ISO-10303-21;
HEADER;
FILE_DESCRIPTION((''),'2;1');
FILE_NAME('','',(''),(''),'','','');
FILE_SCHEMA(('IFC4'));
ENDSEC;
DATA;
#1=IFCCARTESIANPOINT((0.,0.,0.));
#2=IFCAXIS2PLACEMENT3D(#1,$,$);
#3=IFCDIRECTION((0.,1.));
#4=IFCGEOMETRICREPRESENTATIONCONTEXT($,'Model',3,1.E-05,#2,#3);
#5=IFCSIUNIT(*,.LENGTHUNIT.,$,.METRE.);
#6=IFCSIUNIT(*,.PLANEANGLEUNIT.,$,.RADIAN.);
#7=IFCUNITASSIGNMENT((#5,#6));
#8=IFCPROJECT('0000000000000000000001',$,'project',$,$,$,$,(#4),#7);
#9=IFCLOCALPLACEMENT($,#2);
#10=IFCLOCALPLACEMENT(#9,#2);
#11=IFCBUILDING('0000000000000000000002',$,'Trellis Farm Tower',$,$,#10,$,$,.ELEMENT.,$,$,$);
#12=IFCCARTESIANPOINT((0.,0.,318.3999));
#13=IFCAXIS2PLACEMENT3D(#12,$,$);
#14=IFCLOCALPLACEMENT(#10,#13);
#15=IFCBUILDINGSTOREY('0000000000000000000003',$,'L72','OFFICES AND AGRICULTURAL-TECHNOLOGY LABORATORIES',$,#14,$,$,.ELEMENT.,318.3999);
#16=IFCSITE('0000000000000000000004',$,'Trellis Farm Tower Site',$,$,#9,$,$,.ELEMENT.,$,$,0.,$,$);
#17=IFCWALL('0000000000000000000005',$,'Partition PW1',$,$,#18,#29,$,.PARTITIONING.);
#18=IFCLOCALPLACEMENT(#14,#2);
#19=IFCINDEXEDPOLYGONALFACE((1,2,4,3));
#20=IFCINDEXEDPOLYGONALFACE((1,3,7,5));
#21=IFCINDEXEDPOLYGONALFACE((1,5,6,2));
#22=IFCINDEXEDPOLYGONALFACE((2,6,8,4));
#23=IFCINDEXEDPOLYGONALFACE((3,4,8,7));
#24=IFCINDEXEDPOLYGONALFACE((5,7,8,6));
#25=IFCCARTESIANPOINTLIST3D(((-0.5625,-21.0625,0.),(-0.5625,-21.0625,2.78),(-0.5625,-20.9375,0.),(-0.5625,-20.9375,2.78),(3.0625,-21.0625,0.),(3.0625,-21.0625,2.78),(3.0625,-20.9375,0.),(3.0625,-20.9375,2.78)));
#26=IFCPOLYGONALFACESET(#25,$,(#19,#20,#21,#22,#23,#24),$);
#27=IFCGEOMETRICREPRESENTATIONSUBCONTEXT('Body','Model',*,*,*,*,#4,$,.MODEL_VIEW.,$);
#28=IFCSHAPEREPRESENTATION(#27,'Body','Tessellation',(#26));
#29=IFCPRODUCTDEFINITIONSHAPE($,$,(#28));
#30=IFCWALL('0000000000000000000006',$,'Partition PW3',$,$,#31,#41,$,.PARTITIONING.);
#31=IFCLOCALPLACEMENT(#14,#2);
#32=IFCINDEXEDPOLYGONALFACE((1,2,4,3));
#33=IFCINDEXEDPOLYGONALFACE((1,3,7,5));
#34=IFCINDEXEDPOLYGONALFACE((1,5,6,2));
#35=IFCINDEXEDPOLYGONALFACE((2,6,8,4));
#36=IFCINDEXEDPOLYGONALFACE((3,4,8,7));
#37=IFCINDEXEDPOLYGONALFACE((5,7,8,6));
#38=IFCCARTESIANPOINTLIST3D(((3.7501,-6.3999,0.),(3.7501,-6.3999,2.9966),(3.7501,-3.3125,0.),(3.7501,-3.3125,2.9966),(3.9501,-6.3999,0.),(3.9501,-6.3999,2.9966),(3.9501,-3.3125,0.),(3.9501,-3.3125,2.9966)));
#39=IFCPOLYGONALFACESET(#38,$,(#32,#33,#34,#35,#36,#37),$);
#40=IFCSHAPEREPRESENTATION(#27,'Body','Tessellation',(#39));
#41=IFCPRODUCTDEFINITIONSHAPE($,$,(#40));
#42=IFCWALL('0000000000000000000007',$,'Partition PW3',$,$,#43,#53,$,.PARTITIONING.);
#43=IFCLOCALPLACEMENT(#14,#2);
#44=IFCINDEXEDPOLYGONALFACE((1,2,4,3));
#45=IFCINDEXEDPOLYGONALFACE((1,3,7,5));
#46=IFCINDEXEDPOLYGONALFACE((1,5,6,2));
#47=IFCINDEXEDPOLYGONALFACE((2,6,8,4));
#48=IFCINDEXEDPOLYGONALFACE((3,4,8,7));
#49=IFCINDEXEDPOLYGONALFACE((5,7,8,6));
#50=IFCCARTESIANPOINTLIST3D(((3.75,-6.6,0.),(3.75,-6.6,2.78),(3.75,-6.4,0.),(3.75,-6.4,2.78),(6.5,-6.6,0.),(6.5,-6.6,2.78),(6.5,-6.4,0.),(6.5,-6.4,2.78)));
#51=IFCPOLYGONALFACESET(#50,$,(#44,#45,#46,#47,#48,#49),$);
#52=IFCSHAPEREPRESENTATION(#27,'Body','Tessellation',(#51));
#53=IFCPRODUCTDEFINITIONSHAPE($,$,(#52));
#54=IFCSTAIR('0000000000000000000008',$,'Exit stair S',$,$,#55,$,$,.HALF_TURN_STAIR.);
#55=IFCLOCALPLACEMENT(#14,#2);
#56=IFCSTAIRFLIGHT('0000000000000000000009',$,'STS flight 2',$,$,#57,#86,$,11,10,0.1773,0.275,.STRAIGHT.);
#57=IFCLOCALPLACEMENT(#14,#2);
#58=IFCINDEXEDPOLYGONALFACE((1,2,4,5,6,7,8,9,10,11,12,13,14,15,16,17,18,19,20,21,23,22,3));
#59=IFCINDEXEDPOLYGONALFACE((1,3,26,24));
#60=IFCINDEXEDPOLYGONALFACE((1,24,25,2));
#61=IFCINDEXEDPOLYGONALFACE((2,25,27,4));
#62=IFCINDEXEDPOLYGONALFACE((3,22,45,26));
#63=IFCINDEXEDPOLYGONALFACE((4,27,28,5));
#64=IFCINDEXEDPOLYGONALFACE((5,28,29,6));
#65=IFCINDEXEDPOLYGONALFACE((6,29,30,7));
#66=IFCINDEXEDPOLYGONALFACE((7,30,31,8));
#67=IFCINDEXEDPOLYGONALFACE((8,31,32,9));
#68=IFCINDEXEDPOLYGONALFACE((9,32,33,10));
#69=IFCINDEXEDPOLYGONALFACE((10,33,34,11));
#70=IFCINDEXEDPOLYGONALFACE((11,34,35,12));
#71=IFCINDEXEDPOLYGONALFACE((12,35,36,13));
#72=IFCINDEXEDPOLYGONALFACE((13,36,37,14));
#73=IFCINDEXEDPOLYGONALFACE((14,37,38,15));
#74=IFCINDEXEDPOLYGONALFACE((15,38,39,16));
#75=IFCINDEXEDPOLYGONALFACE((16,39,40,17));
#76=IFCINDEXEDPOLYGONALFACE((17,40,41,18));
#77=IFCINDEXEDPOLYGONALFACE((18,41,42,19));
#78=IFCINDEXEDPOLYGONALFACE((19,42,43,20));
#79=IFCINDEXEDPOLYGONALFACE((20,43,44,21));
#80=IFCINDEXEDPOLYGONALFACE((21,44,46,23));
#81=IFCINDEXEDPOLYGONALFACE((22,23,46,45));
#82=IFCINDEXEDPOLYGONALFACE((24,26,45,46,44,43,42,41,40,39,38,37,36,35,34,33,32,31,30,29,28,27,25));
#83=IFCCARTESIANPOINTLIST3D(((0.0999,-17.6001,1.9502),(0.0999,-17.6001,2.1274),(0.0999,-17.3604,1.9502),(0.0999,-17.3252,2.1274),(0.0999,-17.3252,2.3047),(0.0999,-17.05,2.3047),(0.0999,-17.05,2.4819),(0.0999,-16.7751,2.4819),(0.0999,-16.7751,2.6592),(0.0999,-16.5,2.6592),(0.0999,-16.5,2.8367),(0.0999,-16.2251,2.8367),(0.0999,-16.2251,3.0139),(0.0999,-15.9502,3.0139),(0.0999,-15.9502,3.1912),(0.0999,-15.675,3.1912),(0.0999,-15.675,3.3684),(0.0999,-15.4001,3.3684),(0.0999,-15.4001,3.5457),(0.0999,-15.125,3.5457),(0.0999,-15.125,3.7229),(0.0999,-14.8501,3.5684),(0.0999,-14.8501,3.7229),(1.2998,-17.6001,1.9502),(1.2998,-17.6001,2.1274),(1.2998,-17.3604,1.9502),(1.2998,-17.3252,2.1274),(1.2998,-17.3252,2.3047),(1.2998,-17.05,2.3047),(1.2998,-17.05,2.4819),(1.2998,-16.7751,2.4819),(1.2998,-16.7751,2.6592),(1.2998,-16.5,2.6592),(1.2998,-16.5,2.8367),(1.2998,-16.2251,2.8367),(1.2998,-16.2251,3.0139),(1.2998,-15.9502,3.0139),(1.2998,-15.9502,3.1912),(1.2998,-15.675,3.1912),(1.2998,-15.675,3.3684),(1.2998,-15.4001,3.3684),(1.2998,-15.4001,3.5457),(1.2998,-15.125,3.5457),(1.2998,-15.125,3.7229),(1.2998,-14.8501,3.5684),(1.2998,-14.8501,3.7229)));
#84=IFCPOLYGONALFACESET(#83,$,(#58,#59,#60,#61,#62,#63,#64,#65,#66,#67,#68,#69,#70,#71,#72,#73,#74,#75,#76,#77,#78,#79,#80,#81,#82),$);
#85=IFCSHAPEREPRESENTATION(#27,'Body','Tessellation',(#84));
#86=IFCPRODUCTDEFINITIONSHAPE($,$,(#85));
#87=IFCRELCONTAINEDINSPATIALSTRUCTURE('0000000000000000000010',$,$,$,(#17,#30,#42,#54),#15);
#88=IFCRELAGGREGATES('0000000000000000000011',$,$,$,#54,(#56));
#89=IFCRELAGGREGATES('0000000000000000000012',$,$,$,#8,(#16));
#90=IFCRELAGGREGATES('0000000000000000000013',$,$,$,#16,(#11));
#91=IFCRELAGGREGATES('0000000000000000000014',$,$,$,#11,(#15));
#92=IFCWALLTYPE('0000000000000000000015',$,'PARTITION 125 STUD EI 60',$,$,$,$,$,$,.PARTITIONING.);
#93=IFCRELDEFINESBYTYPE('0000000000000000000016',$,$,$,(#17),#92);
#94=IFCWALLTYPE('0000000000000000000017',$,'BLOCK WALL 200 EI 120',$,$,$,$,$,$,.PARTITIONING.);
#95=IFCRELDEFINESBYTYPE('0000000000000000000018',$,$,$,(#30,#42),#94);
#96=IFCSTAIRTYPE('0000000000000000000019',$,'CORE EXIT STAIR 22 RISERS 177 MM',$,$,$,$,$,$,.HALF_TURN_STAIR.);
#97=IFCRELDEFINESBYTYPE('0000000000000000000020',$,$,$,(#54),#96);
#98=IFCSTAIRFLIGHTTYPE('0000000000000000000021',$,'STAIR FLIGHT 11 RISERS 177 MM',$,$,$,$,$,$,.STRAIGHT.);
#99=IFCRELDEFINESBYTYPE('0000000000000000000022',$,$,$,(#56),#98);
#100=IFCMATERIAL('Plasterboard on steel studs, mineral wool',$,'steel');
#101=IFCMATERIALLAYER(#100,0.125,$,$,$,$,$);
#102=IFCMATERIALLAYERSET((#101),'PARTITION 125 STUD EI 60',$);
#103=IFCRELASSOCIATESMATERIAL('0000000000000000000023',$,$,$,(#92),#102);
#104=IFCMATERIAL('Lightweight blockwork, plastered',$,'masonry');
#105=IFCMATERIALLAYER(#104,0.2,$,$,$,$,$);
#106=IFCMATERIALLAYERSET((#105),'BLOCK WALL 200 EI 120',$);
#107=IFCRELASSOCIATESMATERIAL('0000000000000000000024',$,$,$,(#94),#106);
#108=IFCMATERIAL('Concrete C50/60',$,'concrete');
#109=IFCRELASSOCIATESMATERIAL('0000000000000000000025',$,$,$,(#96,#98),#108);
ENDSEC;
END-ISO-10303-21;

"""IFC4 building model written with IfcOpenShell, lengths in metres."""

from ifc_helpers import new_model, si_unit, direction, frame, frame_2d, origin, place, context, subcontext, project, spatial, polyline, rectangle, outline, extrude, source, transform, mapped, material, layer, layer_set, type_object, element, aggregate, save


model = new_model("IFC4")

# Units and contexts
model_context = context("Model", 3, precision=1e-05, world=origin(), true_north=direction((0.0, 1.0)))
body_context = subcontext(model_context, "Body", "Model", "MODEL_VIEW")
ifc_project = project(units=[si_unit("LENGTHUNIT", "METRE"), si_unit("PLANEANGLEUNIT", "RADIAN")], contexts=[model_context])

# Site, building, storey
site_placement = place(None, origin())
site = spatial("IfcSite", under=ifc_project, at=site_placement, Name="Trellis Farm Tower Site", CompositionType="ELEMENT", RefElevation=0.0)
building_placement = place(site_placement, origin())
building = spatial("IfcBuilding", under=site, at=building_placement, Name="Trellis Farm Tower", CompositionType="ELEMENT")
storey_placement = place(building_placement, frame((0.0, 0.0, 318.3999)))
storey = spatial("IfcBuildingStorey", under=building, at=storey_placement, Name="L72", Description="OFFICES AND AGRICULTURAL-TECHNOLOGY LABORATORIES", CompositionType="ELEMENT", Elevation=318.3999)

# Shared definitions
placement_1 = place(storey_placement, origin())

# Shared definitions
ifc_material_1 = material(Name="Concrete C50/60", Category="concrete")

# Shared definitions
ifc_material_2 = material(Name="Plasterboard on steel studs, mineral wool", Category="steel")
ifc_layer_1 = layer(ifc_material_2, 0.125)
ifc_layer_set_1 = layer_set([ifc_layer_1], Name="PARTITION 125 STUD EI 60")
wall_type_1 = type_object("IfcWallType", Name="PARTITION 125 STUD EI 60", PredefinedType="PARTITIONING", material=ifc_layer_set_1)

# Walls
shared_shape_1 = source(origin(), body_context, "Body", "SweptSolid", [
    extrude(rectangle(XDim=3.625, YDim=0.125, at=frame_2d((1.8125, 0.0))), origin(), (0.0, 0.0, 1.0), 2.78),
])
wall_1_placement = place(storey_placement, frame((3.0625, -21.0, 0.0), z_axis=(0.0, 0.0, 1.0), x_axis=(-1.0, 0.0, 0.0)))
element("IfcWall", 1, at=wall_1_placement, inside=storey, type_object=wall_type_1, Name="Partition PW1", PredefinedType="PARTITIONING", context=body_context, shape_type="MappedRepresentation", body=[
    mapped(shared_shape_1, transform((0.0, 0.0, 0.0))),
])
ifc_material_3 = material(Name="Lightweight blockwork, plastered", Category="masonry")
ifc_layer_2 = layer(ifc_material_3, 0.2)
ifc_layer_set_2 = layer_set([ifc_layer_2], Name="BLOCK WALL 200 EI 120")
wall_type_2 = type_object("IfcWallType", Name="BLOCK WALL 200 EI 120", PredefinedType="PARTITIONING", material=ifc_layer_set_2)
shared_shape_2 = source(origin(), body_context, "Body", "SweptSolid", [
    extrude(rectangle(XDim=3.0874, YDim=0.2, at=frame_2d((1.5437, 0.0))), origin(), (0.0, 0.0, 1.0), 2.9966),
])
wall_2_placement = place(storey_placement, frame((3.8501, -6.3999, 0.0), z_axis=(0.0, 0.0, 1.0), x_axis=(0.0, 1.0, 0.0)))
element("IfcWall", 2, at=wall_2_placement, inside=storey, type_object=wall_type_2, Name="Partition PW3", PredefinedType="PARTITIONING", context=body_context, shape_type="MappedRepresentation", body=[
    mapped(shared_shape_2, transform((0.0, 0.0, 0.0))),
])
shared_shape_3 = source(origin(), body_context, "Body", "SweptSolid", [
    extrude(rectangle(XDim=2.75, YDim=0.2, at=frame_2d((1.375, 0.0))), origin(), (0.0, 0.0, 1.0), 2.78),
])
wall_3_placement = place(storey_placement, frame((3.75, -6.5, 0.0), z_axis=(0.0, 0.0, 1.0), x_axis=(1.0, 0.0, 0.0)))
element("IfcWall", 3, at=wall_3_placement, inside=storey, type_object=wall_type_2, Name="Partition PW3", PredefinedType="PARTITIONING", context=body_context, shape_type="MappedRepresentation", body=[
    mapped(shared_shape_3, transform((0.0, 0.0, 0.0))),
])

# Stair, stair flight
stair_type = type_object("IfcStairType", Name="CORE EXIT STAIR 22 RISERS 177 MM", PredefinedType="HALF_TURN_STAIR", material=ifc_material_1)
stair = element("IfcStair", 4, at=placement_1, inside=storey, type_object=stair_type, Name="Exit stair S", PredefinedType="HALF_TURN_STAIR")
stair_flight_type = type_object("IfcStairFlightType", Name="STAIR FLIGHT 11 RISERS 177 MM", PredefinedType="STRAIGHT", material=ifc_material_1)
shared_shape_4 = source(origin(), body_context, "Body", "SweptSolid", [
    extrude(outline(polyline([(0.0, 0.0), (0.0, 0.1772), (0.2749, 0.1772), (0.2749, 0.3545), (0.55, 0.3545), (0.55, 0.5317), (0.825, 0.5317), (0.825, 0.709), (1.1001, 0.709), (1.1001, 0.8865), (1.375, 0.8865), (1.375, 1.0637), (1.6499, 1.0637), (1.6499, 1.241), (1.925, 1.241), (1.925, 1.4182), (2.2, 1.4182), (2.2, 1.5955), (2.4751, 1.5955), (2.4751, 1.7727), (2.75, 1.7727), (2.75, 1.95), (2.75, 1.6182), (0.2397, 0.0), (0.0, 0.0)])), frame((0.0, 0.6001, 0.0), z_axis=(0.0, -1.0, 0.0), x_axis=(1.0, 0.0, 0.0)), (0.0, 0.0, 1.0), 1.2),
])
stair_flight_placement = place(storey_placement, frame((0.7, -17.6001, 1.9502), z_axis=(0.0, 0.0, 1.0), x_axis=(0.0, 1.0, 0.0)))
stair_flight = element("IfcStairFlight", 5, at=stair_flight_placement, type_object=stair_flight_type, Name="STS flight 2", NumberOfRisers=11, NumberOfTreads=10, PredefinedType="STRAIGHT", RiserHeight=0.1773, TreadLength=0.275, context=body_context, shape_type="MappedRepresentation", body=[
    mapped(shared_shape_4, transform((0.0, 0.0, 0.0))),
])
aggregate(stair, [stair_flight])

save(model, "model.ifc")
